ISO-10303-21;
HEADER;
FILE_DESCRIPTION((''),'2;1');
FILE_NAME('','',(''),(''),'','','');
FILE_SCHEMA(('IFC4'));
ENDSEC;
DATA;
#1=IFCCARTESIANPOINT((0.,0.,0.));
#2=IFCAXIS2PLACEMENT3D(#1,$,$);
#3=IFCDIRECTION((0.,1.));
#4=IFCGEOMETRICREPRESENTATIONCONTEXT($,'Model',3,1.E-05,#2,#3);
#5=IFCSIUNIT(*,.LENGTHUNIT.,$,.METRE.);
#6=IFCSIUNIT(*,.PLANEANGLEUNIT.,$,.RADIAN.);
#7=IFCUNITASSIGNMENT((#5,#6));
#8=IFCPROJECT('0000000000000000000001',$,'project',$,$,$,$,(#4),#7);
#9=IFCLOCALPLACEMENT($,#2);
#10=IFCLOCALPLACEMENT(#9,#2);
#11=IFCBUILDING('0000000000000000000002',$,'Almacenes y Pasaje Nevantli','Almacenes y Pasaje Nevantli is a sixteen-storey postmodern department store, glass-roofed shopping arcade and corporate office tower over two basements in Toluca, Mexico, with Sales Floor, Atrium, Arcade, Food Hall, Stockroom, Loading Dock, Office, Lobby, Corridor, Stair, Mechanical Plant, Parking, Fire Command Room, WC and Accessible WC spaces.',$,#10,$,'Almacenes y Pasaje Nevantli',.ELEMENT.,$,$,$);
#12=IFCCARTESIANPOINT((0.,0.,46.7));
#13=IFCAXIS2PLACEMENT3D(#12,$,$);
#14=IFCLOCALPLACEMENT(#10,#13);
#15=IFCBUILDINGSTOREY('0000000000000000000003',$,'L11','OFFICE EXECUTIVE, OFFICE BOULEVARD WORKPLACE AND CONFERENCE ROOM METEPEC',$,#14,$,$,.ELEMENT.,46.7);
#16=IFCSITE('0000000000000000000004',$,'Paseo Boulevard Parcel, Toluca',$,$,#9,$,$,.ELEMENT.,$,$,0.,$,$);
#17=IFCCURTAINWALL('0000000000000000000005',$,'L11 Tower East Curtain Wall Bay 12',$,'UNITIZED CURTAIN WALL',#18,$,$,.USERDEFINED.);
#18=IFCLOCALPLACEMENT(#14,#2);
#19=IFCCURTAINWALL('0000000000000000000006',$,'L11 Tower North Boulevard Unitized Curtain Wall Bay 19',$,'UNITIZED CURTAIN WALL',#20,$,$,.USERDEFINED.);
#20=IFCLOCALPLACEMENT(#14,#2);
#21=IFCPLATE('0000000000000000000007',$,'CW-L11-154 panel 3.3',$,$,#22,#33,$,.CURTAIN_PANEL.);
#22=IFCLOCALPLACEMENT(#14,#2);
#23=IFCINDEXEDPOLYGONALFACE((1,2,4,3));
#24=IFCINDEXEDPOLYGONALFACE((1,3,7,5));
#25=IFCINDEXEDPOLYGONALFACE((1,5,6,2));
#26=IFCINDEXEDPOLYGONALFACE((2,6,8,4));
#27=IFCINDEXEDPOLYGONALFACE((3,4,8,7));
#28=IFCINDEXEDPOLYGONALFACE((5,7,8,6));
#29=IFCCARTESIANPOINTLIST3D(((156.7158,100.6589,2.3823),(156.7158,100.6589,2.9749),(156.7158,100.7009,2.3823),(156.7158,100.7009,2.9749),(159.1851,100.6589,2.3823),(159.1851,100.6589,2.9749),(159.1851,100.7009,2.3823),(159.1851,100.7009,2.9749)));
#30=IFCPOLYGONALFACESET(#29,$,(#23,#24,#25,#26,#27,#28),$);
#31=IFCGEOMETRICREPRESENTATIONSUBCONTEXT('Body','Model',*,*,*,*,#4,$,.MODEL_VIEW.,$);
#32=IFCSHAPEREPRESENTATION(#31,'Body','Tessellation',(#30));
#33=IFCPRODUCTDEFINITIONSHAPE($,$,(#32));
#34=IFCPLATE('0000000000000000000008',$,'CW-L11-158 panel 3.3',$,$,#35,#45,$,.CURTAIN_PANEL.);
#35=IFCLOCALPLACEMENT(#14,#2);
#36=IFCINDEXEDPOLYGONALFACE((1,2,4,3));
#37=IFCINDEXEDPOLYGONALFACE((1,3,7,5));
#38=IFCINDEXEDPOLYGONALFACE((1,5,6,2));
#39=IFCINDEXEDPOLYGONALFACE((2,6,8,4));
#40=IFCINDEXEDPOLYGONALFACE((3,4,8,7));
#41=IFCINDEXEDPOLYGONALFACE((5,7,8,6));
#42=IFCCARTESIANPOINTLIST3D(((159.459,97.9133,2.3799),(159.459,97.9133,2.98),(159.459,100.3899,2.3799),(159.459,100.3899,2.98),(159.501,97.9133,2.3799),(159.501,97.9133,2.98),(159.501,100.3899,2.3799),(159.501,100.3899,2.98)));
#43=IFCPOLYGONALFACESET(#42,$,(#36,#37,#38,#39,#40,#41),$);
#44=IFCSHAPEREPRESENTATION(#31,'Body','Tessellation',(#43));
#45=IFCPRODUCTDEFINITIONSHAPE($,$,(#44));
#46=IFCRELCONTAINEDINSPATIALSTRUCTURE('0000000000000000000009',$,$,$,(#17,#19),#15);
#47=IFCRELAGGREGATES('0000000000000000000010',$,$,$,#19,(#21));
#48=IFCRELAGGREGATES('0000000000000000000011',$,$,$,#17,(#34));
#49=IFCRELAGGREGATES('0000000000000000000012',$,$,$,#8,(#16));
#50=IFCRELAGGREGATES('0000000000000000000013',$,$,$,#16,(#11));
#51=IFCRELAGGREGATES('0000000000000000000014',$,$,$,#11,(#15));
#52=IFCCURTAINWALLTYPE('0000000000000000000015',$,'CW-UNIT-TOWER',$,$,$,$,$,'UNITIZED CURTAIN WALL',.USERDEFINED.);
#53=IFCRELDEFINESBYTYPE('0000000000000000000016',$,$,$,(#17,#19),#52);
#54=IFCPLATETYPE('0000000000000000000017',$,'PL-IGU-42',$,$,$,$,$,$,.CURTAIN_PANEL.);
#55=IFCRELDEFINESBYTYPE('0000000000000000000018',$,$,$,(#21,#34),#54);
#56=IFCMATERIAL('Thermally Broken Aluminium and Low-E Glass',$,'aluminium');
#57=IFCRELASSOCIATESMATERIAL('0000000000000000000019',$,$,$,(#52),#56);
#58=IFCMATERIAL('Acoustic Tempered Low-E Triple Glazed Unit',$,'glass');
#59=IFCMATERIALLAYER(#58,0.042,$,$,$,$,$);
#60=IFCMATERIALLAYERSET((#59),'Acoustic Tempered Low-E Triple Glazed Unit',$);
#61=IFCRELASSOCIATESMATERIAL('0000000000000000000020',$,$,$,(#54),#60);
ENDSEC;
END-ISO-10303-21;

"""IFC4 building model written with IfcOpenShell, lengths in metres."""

from ifc_helpers import new_model, si_unit, direction, frame, origin, origin_2d, place, context, subcontext, project, spatial, rectangle, extrude, material, layer, layer_set, type_object, element, aggregate, save


model = new_model("IFC4")

# Units and contexts
model_context = context("Model", 3, precision=1e-05, world=origin(), true_north=direction((0.0, 1.0)))
body_context = subcontext(model_context, "Body", "Model", "MODEL_VIEW")
ifc_project = project(units=[si_unit("LENGTHUNIT", "METRE"), si_unit("PLANEANGLEUNIT", "RADIAN")], contexts=[model_context])

# Site, building, storey
site_placement = place(None, origin())
site = spatial("IfcSite", under=ifc_project, at=site_placement, Name="Paseo Boulevard Parcel, Toluca", CompositionType="ELEMENT", RefElevation=0.0)
building_placement = place(site_placement, origin())
building = spatial("IfcBuilding", under=site, at=building_placement, Name="Almacenes y Pasaje Nevantli", Description="Almacenes y Pasaje Nevantli is a sixteen-storey postmodern department store, glass-roofed shopping arcade and corporate office tower over two basements in Toluca, Mexico, with Sales Floor, Atrium, Arcade, Food Hall, Stockroom, Loading Dock, Office, Lobby, Corridor, Stair, Mechanical Plant, Parking, Fire Command Room, WC and Accessible WC spaces.", LongName="Almacenes y Pasaje Nevantli", CompositionType="ELEMENT")
storey_placement = place(building_placement, frame((0.0, 0.0, 46.7)))
storey = spatial("IfcBuildingStorey", under=building, at=storey_placement, Name="L11", Description="OFFICE EXECUTIVE, OFFICE BOULEVARD WORKPLACE AND CONFERENCE ROOM METEPEC", CompositionType="ELEMENT", Elevation=46.7)

# Curtain wall
ifc_material_1 = material(Name="Thermally Broken Aluminium and Low-E Glass", Category="aluminium")
curtain_wall_type = type_object("IfcCurtainWallType", Name="CW-UNIT-TOWER", ElementType="UNITIZED CURTAIN WALL", PredefinedType="USERDEFINED", material=ifc_material_1)
curtain_wall_1_placement = place(storey_placement, origin())
curtain_wall_1 = element("IfcCurtainWall", 1, at=curtain_wall_1_placement, inside=storey, type_object=curtain_wall_type, Name="L11 Tower East Curtain Wall Bay 12", ObjectType="UNITIZED CURTAIN WALL", PredefinedType="USERDEFINED")

# Curtain wall, plate
curtain_wall_2_placement = place(storey_placement, origin())
curtain_wall_2 = element("IfcCurtainWall", 2, at=curtain_wall_2_placement, inside=storey, type_object=curtain_wall_type, Name="L11 Tower North Boulevard Unitized Curtain Wall Bay 19", ObjectType="UNITIZED CURTAIN WALL", PredefinedType="USERDEFINED")
ifc_material_2 = material(Name="Acoustic Tempered Low-E Triple Glazed Unit", Category="glass")
ifc_layer = layer(ifc_material_2, 0.042)
ifc_layer_set = layer_set([ifc_layer], Name="Acoustic Tempered Low-E Triple Glazed Unit")
plate_type = type_object("IfcPlateType", Name="PL-IGU-42", PredefinedType="CURTAIN_PANEL", material=ifc_layer_set)
plate_1_placement = place(storey_placement, frame((157.9504, 100.6799, 2.3823), z_axis=(0.0, 0.0, 1.0), x_axis=(1.0, 0.0, 0.0)))
plate_1 = element("IfcPlate", 3, at=plate_1_placement, type_object=plate_type, Name="CW-L11-154 panel 3.3", PredefinedType="CURTAIN_PANEL", context=body_context, shape_type="SweptSolid", body=[
    extrude(rectangle(XDim=2.4692, YDim=0.042, at=origin_2d()), origin(), (0.0, 0.0, 1.0), 0.5925),
])
aggregate(curtain_wall_2, [plate_1])

# Plate
plate_2_placement = place(storey_placement, frame((159.48, 99.1516, 2.3799), z_axis=(0.0, 0.0, 1.0), x_axis=(0.0, 1.0, 0.0)))
plate_2 = element("IfcPlate", 4, at=plate_2_placement, type_object=plate_type, Name="CW-L11-158 panel 3.3", PredefinedType="CURTAIN_PANEL", context=body_context, shape_type="SweptSolid", body=[
    extrude(rectangle(XDim=2.4766, YDim=0.042, at=origin_2d()), origin(), (0.0, 0.0, 1.0), 0.6001),
])
aggregate(curtain_wall_1, [plate_2])

save(model, "model.ifc")
